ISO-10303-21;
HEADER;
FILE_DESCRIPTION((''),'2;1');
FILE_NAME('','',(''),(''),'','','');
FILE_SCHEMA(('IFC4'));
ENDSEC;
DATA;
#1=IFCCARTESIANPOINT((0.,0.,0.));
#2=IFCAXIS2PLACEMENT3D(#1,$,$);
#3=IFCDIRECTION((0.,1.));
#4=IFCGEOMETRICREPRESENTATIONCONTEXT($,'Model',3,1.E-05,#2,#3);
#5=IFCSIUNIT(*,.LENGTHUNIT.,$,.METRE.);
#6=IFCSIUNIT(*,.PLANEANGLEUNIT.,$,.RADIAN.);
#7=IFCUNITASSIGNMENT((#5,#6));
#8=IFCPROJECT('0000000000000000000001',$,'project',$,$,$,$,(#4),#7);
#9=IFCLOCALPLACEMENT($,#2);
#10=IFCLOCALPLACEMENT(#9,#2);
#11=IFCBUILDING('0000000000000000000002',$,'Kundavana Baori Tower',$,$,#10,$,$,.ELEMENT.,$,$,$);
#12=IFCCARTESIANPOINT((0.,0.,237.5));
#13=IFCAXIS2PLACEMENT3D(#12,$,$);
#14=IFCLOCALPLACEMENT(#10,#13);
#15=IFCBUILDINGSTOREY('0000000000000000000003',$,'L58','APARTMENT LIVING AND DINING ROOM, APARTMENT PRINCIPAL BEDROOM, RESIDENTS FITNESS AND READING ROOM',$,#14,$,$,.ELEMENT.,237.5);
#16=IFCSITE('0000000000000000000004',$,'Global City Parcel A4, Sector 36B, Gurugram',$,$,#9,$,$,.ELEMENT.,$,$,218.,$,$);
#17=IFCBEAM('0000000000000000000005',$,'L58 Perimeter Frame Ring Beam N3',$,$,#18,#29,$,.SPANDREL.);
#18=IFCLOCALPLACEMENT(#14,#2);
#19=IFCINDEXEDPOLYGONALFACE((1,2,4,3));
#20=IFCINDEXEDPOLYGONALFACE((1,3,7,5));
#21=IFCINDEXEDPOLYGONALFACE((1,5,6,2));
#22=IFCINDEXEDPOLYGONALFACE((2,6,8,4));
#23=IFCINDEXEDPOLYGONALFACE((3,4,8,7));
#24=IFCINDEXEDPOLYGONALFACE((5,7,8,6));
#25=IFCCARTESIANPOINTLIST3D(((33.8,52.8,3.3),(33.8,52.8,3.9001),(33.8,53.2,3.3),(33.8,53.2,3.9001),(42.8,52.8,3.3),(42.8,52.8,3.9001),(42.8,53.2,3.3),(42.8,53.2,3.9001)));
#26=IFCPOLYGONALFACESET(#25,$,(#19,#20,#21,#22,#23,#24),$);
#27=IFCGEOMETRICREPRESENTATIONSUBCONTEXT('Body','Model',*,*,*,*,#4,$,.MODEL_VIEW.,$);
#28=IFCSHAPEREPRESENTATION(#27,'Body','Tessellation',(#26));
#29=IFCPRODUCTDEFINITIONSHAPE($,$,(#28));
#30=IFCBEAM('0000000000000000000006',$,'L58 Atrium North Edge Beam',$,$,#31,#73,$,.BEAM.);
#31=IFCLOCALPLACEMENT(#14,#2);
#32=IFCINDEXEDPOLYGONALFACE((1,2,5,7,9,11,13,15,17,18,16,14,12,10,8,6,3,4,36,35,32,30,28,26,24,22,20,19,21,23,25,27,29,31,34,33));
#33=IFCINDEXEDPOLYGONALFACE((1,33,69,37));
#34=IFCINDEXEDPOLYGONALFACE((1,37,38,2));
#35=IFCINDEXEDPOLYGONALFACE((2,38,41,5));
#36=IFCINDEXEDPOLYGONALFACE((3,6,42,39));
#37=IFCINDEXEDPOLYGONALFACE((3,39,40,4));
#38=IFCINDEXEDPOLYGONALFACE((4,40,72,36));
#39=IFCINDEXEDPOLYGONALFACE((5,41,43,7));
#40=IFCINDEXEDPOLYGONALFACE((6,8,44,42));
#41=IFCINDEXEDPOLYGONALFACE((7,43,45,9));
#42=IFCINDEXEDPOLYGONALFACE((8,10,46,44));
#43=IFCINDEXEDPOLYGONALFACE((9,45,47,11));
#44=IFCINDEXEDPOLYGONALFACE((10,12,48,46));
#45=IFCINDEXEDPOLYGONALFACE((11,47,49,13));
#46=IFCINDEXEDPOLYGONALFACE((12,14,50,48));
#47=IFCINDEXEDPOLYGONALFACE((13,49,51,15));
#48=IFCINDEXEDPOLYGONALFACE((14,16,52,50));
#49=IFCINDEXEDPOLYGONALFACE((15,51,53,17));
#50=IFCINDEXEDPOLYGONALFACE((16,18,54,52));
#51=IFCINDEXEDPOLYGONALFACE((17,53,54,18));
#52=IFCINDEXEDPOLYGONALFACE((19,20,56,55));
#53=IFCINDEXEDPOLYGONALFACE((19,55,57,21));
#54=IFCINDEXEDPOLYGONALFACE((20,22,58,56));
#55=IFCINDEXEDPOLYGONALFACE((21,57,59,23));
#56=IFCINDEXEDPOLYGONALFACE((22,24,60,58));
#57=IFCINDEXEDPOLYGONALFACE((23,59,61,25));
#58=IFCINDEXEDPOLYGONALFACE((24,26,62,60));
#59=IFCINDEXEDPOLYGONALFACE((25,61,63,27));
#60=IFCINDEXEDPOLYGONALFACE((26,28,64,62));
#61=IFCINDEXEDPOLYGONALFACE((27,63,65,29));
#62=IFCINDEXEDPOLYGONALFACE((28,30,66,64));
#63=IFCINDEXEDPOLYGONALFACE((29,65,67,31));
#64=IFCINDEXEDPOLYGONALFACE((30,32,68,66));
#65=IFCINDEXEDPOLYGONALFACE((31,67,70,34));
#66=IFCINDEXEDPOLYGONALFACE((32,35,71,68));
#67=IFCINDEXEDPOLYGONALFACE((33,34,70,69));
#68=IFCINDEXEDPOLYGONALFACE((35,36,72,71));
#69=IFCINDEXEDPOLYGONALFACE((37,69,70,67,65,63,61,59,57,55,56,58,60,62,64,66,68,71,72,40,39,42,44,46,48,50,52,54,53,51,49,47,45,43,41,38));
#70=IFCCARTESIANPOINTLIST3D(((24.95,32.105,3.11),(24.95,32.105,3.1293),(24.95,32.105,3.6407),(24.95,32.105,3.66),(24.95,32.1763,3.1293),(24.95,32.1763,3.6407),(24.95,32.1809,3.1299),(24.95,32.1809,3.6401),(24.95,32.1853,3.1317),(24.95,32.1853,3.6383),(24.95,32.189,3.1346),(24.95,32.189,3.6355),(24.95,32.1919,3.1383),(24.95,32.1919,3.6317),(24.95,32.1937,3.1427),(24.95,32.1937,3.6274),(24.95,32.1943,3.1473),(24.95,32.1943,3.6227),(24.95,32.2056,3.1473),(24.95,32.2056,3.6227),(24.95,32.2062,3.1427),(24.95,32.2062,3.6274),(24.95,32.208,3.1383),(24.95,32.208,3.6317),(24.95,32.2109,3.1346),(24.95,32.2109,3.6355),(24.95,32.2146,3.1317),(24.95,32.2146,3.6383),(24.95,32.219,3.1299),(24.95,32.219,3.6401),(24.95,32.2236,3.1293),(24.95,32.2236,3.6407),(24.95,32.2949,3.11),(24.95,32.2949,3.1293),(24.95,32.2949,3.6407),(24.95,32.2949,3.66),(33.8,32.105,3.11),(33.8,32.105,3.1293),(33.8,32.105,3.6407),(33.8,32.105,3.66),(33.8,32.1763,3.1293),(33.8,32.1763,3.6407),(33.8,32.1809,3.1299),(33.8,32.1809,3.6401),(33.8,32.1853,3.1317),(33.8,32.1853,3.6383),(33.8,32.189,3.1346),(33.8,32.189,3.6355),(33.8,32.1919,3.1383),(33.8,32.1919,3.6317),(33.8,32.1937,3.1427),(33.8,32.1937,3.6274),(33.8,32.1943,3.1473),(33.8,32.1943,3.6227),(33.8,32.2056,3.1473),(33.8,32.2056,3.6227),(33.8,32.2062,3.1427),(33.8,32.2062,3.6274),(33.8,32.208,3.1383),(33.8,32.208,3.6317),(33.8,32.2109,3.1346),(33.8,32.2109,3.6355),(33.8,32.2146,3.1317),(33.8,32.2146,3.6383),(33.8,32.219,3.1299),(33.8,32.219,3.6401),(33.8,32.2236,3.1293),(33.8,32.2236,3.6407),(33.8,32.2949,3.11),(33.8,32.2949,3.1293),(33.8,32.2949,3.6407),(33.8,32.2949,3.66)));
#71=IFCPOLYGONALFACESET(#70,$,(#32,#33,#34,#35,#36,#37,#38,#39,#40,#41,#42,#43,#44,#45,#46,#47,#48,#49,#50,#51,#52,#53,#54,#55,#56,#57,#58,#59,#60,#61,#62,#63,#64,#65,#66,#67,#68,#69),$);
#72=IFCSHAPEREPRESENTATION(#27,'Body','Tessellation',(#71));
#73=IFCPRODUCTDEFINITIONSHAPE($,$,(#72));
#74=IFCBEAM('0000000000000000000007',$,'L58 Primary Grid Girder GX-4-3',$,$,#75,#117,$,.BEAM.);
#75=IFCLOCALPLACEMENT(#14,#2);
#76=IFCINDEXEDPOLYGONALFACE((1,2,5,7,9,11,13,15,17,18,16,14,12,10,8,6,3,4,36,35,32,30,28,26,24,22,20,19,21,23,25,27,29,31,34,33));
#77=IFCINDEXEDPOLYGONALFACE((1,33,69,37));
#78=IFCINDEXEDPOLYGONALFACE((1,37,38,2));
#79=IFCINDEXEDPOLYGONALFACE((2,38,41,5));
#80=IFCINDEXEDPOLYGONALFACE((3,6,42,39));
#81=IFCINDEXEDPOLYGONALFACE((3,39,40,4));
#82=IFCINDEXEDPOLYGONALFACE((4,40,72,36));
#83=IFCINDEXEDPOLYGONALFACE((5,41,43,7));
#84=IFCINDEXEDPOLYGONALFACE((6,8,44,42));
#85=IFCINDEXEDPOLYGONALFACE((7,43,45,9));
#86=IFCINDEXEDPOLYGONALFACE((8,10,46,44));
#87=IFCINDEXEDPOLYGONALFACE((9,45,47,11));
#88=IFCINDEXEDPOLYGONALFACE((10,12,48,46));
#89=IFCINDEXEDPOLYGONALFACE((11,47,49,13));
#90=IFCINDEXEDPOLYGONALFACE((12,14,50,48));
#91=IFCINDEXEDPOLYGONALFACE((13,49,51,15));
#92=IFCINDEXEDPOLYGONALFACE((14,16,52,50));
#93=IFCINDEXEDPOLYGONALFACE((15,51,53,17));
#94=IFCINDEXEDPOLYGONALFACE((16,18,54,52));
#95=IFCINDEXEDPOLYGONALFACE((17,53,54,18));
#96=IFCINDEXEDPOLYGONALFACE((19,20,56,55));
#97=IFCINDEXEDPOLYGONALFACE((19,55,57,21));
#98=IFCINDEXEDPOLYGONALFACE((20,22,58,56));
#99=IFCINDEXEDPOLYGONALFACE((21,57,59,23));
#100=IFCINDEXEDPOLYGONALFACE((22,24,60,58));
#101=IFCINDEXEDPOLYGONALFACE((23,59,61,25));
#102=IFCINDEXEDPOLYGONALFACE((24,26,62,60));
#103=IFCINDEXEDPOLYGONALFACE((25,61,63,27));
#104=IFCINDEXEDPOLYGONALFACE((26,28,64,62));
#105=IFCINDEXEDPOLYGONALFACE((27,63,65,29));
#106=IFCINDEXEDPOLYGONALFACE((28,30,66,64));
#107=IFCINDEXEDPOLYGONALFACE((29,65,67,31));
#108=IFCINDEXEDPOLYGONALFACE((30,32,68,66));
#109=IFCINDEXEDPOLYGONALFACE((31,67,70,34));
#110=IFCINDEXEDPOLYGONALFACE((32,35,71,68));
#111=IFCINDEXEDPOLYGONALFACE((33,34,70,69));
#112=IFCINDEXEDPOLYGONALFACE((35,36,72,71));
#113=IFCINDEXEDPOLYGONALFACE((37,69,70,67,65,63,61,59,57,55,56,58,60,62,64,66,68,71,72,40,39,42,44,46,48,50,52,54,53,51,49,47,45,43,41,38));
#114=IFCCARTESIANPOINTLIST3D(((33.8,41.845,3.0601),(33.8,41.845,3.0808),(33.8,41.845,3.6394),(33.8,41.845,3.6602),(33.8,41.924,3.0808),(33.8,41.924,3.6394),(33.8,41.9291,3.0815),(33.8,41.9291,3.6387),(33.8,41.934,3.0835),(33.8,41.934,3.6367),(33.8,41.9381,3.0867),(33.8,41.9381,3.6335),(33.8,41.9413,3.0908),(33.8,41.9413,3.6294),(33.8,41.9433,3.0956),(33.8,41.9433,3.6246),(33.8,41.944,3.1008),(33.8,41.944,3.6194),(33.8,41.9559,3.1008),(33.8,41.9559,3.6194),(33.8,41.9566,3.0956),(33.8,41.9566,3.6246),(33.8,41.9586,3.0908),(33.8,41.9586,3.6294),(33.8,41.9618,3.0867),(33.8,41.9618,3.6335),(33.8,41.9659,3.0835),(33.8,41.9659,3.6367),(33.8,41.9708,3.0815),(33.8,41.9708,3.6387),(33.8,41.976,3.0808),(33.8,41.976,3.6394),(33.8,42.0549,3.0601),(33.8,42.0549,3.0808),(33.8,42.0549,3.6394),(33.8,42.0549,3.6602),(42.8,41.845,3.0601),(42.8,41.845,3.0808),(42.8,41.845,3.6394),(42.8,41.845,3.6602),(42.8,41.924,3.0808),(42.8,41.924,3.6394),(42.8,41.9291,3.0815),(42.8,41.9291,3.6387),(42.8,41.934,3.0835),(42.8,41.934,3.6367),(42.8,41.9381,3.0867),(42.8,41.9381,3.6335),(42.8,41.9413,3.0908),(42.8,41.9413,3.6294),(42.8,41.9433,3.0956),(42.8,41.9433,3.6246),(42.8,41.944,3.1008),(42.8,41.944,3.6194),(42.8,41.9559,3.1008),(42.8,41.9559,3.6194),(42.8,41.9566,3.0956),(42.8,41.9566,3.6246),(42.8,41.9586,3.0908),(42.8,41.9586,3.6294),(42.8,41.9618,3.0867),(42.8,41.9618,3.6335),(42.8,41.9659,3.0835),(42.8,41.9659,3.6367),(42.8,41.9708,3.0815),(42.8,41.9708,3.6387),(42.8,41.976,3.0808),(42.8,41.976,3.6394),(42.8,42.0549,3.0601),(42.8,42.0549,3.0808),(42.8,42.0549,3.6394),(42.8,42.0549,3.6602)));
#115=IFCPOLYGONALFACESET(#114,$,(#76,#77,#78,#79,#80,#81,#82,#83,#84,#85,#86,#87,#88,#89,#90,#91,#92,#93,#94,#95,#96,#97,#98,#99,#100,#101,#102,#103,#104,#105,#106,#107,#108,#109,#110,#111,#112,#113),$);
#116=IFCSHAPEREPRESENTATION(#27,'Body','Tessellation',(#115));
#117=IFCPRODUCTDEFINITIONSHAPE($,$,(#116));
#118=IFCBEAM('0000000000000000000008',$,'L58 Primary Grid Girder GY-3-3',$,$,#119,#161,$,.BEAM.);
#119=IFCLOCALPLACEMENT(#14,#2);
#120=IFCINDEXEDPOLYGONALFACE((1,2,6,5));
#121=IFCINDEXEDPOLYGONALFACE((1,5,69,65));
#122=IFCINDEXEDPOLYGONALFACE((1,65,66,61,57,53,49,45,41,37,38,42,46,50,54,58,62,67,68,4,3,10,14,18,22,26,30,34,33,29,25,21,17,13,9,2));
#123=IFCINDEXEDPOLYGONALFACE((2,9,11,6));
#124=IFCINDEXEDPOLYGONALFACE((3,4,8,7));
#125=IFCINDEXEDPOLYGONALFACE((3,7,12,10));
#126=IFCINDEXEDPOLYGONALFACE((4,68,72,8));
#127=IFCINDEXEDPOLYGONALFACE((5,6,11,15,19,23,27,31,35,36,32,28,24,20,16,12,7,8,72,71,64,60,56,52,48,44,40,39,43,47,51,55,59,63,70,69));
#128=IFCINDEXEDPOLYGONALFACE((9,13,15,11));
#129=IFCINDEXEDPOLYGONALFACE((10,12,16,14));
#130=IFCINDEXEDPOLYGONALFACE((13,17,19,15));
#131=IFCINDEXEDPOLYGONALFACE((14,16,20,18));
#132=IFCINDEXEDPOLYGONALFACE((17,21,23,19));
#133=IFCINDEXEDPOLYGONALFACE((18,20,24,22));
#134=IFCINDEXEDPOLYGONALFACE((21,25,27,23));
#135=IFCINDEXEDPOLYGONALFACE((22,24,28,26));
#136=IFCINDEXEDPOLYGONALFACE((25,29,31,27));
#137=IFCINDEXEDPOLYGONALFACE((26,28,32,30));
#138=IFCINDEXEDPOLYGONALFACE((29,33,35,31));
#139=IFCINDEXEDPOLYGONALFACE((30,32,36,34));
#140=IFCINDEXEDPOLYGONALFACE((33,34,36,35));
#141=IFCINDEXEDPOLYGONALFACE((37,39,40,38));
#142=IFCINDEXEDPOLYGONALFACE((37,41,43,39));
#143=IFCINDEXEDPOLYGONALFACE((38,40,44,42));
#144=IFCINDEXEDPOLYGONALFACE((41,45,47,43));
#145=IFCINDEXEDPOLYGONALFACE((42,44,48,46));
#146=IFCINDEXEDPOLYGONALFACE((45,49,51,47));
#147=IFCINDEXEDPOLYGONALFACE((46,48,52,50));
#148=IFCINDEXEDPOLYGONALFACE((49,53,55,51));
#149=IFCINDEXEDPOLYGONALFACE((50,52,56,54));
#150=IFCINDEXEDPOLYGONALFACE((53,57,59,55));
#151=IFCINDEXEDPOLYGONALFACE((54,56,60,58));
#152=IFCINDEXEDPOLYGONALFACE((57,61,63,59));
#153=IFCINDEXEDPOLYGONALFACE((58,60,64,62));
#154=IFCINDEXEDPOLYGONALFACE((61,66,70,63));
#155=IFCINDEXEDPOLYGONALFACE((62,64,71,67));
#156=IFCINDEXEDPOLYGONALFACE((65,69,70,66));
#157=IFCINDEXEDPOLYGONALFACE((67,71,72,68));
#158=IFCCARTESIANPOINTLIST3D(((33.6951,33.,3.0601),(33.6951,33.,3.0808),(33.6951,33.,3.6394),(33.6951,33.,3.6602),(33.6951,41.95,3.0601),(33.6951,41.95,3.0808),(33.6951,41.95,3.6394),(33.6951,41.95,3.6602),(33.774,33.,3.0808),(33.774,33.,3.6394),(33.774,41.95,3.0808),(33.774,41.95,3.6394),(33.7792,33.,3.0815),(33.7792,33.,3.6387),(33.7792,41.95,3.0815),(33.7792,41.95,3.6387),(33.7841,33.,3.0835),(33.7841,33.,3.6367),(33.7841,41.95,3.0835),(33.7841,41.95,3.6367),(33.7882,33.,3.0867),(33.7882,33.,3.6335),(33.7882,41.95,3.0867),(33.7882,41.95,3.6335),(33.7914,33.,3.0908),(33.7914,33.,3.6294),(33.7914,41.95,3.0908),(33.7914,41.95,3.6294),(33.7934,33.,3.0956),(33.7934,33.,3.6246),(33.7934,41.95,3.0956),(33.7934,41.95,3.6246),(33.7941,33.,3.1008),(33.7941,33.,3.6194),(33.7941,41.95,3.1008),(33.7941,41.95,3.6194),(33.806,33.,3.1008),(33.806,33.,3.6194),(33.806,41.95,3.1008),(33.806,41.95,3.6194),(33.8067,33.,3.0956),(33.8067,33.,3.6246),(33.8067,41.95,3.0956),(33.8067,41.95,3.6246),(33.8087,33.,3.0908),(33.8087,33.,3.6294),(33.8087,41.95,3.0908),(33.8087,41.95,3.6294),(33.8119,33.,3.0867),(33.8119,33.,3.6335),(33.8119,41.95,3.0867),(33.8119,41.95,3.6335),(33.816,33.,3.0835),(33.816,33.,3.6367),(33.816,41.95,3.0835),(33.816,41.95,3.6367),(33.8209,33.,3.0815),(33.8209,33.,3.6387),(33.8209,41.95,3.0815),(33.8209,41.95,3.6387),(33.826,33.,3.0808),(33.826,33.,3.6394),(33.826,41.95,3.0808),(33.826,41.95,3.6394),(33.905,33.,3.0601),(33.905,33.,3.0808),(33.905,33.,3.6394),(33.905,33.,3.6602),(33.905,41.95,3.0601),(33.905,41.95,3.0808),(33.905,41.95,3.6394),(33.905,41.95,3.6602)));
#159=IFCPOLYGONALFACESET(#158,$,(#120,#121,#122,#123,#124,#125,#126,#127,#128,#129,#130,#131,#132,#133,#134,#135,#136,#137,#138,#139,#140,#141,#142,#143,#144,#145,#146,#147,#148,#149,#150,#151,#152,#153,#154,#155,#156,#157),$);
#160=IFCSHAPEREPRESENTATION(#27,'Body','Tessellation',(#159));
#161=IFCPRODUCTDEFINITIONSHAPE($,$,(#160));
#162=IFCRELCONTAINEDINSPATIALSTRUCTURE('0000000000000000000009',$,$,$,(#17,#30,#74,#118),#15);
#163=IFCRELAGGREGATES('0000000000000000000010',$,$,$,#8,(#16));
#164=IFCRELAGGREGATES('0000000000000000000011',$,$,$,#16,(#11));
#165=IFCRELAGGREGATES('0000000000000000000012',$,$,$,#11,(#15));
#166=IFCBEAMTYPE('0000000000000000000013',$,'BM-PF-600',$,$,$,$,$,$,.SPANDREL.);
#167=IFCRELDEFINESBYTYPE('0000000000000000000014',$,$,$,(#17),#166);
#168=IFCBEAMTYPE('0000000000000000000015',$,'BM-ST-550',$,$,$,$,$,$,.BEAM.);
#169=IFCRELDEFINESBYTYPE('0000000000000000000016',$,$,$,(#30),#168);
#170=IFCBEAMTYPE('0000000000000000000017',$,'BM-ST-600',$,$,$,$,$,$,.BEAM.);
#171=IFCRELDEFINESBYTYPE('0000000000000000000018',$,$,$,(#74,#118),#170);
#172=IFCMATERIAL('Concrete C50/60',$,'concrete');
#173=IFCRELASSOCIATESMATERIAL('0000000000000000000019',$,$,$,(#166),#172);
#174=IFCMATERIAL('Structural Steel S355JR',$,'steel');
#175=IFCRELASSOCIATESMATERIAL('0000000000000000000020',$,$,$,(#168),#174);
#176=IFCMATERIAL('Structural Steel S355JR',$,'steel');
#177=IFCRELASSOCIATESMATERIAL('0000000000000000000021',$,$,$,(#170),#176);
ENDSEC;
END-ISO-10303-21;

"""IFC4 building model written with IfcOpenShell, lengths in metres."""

from ifc_helpers import new_model, si_unit, direction, frame, origin, origin_2d, place, context, subcontext, project, spatial, rectangle, i_section, extrude, material, material_profile, profile_set, type_object, element, save


model = new_model("IFC4")

# Units and contexts
model_context = context("Model", 3, precision=1e-05, world=origin(), true_north=direction((0.0, 1.0)))
body_context = subcontext(model_context, "Body", "Model", "MODEL_VIEW")
ifc_project = project(units=[si_unit("LENGTHUNIT", "METRE"), si_unit("PLANEANGLEUNIT", "RADIAN")], contexts=[model_context])

# Site, building, storey
site_placement = place(None, origin())
site = spatial("IfcSite", under=ifc_project, at=site_placement, Name="Global City Parcel A4, Sector 36B, Gurugram", CompositionType="ELEMENT", RefElevation=218.0)
building_placement = place(site_placement, origin())
building = spatial("IfcBuilding", under=site, at=building_placement, Name="Kundavana Baori Tower", CompositionType="ELEMENT")
storey_placement = place(building_placement, frame((0.0, 0.0, 237.5)))
storey = spatial("IfcBuildingStorey", under=building, at=storey_placement, Name="L58", Description="APARTMENT LIVING AND DINING ROOM, APARTMENT PRINCIPAL BEDROOM, RESIDENTS FITNESS AND READING ROOM", CompositionType="ELEMENT", Elevation=237.5)

# Beams
ifc_material_1 = material(Name="Concrete C50/60", Category="concrete")
ifc_material_profile_1 = material_profile(ifc_material_1, rectangle(XDim=0.3999, YDim=0.6001, at=origin_2d()), Name="RC BM 400x600")
ifc_profile_set_1 = profile_set([ifc_material_profile_1], Name="Concrete C50/60")
beam_type_1 = type_object("IfcBeamType", Name="BM-PF-600", PredefinedType="SPANDREL", material=ifc_profile_set_1)
beam_1_placement = place(storey_placement, frame((33.8, 53.0, 3.6001), z_axis=(1.0, 0.0, 0.0), x_axis=(0.0, 1.0, 0.0)))
element("IfcBeam", 1, at=beam_1_placement, inside=storey, type_object=beam_type_1, Name="L58 Perimeter Frame Ring Beam N3", PredefinedType="SPANDREL", context=body_context, shape_type="SweptSolid", body=[
    extrude(rectangle(XDim=0.3999, YDim=0.6001, at=origin_2d()), origin(), (0.0, 0.0, 1.0), 9.0),
])
ifc_material_2 = material(Name="Structural Steel S355JR", Category="steel")
ifc_material_profile_2 = material_profile(ifc_material_2, i_section(OverallWidth=0.1899, OverallDepth=0.55, WebThickness=0.0112, FlangeThickness=0.0193, FilletRadius=0.0181, at=origin_2d()), Name="ISMB 550")
ifc_profile_set_2 = profile_set([ifc_material_profile_2], Name="Structural Steel S355JR")
beam_type_2 = type_object("IfcBeamType", Name="BM-ST-550", PredefinedType="BEAM", material=ifc_profile_set_2)
beam_2_placement = place(storey_placement, frame((24.95, 32.2, 3.385), z_axis=(1.0, 0.0, 0.0), x_axis=(0.0, 1.0, 0.0)))
element("IfcBeam", 2, at=beam_2_placement, inside=storey, type_object=beam_type_2, Name="L58 Atrium North Edge Beam", PredefinedType="BEAM", context=body_context, shape_type="SweptSolid", body=[
    extrude(i_section(OverallWidth=0.1899, OverallDepth=0.55, WebThickness=0.0112, FlangeThickness=0.0193, FilletRadius=0.0181, at=origin_2d()), origin(), (0.0, 0.0, 1.0), 8.8501),
])
ifc_material_3 = material(Name="Structural Steel S355JR", Category="steel")
ifc_material_profile_3 = material_profile(ifc_material_3, i_section(OverallWidth=0.21, OverallDepth=0.6001, WebThickness=0.012, FlangeThickness=0.0208, FilletRadius=0.02, at=origin_2d()), Name="ISMB 600")
ifc_profile_set_3 = profile_set([ifc_material_profile_3], Name="Structural Steel S355JR")
beam_type_3 = type_object("IfcBeamType", Name="BM-ST-600", PredefinedType="BEAM", material=ifc_profile_set_3)
beam_3_placement = place(storey_placement, frame((33.8, 41.95, 3.3601), z_axis=(1.0, 0.0, 0.0), x_axis=(0.0, 1.0, 0.0)))
element("IfcBeam", 3, at=beam_3_placement, inside=storey, type_object=beam_type_3, Name="L58 Primary Grid Girder GX-4-3", PredefinedType="BEAM", context=body_context, shape_type="SweptSolid", body=[
    extrude(i_section(OverallWidth=0.21, OverallDepth=0.6001, WebThickness=0.012, FlangeThickness=0.0208, FilletRadius=0.02, at=origin_2d()), origin(), (0.0, 0.0, 1.0), 9.0),
])
beam_4_placement = place(storey_placement, frame((33.8, 33.0, 3.3601), z_axis=(0.0, 1.0, 0.0), x_axis=(-1.0, 0.0, 0.0)))
element("IfcBeam", 4, at=beam_4_placement, inside=storey, type_object=beam_type_3, Name="L58 Primary Grid Girder GY-3-3", PredefinedType="BEAM", context=body_context, shape_type="SweptSolid", body=[
    extrude(i_section(OverallWidth=0.21, OverallDepth=0.6001, WebThickness=0.012, FlangeThickness=0.0208, FilletRadius=0.02, at=origin_2d()), origin(), (0.0, 0.0, 1.0), 8.95),
])

save(model, "model.ifc")
